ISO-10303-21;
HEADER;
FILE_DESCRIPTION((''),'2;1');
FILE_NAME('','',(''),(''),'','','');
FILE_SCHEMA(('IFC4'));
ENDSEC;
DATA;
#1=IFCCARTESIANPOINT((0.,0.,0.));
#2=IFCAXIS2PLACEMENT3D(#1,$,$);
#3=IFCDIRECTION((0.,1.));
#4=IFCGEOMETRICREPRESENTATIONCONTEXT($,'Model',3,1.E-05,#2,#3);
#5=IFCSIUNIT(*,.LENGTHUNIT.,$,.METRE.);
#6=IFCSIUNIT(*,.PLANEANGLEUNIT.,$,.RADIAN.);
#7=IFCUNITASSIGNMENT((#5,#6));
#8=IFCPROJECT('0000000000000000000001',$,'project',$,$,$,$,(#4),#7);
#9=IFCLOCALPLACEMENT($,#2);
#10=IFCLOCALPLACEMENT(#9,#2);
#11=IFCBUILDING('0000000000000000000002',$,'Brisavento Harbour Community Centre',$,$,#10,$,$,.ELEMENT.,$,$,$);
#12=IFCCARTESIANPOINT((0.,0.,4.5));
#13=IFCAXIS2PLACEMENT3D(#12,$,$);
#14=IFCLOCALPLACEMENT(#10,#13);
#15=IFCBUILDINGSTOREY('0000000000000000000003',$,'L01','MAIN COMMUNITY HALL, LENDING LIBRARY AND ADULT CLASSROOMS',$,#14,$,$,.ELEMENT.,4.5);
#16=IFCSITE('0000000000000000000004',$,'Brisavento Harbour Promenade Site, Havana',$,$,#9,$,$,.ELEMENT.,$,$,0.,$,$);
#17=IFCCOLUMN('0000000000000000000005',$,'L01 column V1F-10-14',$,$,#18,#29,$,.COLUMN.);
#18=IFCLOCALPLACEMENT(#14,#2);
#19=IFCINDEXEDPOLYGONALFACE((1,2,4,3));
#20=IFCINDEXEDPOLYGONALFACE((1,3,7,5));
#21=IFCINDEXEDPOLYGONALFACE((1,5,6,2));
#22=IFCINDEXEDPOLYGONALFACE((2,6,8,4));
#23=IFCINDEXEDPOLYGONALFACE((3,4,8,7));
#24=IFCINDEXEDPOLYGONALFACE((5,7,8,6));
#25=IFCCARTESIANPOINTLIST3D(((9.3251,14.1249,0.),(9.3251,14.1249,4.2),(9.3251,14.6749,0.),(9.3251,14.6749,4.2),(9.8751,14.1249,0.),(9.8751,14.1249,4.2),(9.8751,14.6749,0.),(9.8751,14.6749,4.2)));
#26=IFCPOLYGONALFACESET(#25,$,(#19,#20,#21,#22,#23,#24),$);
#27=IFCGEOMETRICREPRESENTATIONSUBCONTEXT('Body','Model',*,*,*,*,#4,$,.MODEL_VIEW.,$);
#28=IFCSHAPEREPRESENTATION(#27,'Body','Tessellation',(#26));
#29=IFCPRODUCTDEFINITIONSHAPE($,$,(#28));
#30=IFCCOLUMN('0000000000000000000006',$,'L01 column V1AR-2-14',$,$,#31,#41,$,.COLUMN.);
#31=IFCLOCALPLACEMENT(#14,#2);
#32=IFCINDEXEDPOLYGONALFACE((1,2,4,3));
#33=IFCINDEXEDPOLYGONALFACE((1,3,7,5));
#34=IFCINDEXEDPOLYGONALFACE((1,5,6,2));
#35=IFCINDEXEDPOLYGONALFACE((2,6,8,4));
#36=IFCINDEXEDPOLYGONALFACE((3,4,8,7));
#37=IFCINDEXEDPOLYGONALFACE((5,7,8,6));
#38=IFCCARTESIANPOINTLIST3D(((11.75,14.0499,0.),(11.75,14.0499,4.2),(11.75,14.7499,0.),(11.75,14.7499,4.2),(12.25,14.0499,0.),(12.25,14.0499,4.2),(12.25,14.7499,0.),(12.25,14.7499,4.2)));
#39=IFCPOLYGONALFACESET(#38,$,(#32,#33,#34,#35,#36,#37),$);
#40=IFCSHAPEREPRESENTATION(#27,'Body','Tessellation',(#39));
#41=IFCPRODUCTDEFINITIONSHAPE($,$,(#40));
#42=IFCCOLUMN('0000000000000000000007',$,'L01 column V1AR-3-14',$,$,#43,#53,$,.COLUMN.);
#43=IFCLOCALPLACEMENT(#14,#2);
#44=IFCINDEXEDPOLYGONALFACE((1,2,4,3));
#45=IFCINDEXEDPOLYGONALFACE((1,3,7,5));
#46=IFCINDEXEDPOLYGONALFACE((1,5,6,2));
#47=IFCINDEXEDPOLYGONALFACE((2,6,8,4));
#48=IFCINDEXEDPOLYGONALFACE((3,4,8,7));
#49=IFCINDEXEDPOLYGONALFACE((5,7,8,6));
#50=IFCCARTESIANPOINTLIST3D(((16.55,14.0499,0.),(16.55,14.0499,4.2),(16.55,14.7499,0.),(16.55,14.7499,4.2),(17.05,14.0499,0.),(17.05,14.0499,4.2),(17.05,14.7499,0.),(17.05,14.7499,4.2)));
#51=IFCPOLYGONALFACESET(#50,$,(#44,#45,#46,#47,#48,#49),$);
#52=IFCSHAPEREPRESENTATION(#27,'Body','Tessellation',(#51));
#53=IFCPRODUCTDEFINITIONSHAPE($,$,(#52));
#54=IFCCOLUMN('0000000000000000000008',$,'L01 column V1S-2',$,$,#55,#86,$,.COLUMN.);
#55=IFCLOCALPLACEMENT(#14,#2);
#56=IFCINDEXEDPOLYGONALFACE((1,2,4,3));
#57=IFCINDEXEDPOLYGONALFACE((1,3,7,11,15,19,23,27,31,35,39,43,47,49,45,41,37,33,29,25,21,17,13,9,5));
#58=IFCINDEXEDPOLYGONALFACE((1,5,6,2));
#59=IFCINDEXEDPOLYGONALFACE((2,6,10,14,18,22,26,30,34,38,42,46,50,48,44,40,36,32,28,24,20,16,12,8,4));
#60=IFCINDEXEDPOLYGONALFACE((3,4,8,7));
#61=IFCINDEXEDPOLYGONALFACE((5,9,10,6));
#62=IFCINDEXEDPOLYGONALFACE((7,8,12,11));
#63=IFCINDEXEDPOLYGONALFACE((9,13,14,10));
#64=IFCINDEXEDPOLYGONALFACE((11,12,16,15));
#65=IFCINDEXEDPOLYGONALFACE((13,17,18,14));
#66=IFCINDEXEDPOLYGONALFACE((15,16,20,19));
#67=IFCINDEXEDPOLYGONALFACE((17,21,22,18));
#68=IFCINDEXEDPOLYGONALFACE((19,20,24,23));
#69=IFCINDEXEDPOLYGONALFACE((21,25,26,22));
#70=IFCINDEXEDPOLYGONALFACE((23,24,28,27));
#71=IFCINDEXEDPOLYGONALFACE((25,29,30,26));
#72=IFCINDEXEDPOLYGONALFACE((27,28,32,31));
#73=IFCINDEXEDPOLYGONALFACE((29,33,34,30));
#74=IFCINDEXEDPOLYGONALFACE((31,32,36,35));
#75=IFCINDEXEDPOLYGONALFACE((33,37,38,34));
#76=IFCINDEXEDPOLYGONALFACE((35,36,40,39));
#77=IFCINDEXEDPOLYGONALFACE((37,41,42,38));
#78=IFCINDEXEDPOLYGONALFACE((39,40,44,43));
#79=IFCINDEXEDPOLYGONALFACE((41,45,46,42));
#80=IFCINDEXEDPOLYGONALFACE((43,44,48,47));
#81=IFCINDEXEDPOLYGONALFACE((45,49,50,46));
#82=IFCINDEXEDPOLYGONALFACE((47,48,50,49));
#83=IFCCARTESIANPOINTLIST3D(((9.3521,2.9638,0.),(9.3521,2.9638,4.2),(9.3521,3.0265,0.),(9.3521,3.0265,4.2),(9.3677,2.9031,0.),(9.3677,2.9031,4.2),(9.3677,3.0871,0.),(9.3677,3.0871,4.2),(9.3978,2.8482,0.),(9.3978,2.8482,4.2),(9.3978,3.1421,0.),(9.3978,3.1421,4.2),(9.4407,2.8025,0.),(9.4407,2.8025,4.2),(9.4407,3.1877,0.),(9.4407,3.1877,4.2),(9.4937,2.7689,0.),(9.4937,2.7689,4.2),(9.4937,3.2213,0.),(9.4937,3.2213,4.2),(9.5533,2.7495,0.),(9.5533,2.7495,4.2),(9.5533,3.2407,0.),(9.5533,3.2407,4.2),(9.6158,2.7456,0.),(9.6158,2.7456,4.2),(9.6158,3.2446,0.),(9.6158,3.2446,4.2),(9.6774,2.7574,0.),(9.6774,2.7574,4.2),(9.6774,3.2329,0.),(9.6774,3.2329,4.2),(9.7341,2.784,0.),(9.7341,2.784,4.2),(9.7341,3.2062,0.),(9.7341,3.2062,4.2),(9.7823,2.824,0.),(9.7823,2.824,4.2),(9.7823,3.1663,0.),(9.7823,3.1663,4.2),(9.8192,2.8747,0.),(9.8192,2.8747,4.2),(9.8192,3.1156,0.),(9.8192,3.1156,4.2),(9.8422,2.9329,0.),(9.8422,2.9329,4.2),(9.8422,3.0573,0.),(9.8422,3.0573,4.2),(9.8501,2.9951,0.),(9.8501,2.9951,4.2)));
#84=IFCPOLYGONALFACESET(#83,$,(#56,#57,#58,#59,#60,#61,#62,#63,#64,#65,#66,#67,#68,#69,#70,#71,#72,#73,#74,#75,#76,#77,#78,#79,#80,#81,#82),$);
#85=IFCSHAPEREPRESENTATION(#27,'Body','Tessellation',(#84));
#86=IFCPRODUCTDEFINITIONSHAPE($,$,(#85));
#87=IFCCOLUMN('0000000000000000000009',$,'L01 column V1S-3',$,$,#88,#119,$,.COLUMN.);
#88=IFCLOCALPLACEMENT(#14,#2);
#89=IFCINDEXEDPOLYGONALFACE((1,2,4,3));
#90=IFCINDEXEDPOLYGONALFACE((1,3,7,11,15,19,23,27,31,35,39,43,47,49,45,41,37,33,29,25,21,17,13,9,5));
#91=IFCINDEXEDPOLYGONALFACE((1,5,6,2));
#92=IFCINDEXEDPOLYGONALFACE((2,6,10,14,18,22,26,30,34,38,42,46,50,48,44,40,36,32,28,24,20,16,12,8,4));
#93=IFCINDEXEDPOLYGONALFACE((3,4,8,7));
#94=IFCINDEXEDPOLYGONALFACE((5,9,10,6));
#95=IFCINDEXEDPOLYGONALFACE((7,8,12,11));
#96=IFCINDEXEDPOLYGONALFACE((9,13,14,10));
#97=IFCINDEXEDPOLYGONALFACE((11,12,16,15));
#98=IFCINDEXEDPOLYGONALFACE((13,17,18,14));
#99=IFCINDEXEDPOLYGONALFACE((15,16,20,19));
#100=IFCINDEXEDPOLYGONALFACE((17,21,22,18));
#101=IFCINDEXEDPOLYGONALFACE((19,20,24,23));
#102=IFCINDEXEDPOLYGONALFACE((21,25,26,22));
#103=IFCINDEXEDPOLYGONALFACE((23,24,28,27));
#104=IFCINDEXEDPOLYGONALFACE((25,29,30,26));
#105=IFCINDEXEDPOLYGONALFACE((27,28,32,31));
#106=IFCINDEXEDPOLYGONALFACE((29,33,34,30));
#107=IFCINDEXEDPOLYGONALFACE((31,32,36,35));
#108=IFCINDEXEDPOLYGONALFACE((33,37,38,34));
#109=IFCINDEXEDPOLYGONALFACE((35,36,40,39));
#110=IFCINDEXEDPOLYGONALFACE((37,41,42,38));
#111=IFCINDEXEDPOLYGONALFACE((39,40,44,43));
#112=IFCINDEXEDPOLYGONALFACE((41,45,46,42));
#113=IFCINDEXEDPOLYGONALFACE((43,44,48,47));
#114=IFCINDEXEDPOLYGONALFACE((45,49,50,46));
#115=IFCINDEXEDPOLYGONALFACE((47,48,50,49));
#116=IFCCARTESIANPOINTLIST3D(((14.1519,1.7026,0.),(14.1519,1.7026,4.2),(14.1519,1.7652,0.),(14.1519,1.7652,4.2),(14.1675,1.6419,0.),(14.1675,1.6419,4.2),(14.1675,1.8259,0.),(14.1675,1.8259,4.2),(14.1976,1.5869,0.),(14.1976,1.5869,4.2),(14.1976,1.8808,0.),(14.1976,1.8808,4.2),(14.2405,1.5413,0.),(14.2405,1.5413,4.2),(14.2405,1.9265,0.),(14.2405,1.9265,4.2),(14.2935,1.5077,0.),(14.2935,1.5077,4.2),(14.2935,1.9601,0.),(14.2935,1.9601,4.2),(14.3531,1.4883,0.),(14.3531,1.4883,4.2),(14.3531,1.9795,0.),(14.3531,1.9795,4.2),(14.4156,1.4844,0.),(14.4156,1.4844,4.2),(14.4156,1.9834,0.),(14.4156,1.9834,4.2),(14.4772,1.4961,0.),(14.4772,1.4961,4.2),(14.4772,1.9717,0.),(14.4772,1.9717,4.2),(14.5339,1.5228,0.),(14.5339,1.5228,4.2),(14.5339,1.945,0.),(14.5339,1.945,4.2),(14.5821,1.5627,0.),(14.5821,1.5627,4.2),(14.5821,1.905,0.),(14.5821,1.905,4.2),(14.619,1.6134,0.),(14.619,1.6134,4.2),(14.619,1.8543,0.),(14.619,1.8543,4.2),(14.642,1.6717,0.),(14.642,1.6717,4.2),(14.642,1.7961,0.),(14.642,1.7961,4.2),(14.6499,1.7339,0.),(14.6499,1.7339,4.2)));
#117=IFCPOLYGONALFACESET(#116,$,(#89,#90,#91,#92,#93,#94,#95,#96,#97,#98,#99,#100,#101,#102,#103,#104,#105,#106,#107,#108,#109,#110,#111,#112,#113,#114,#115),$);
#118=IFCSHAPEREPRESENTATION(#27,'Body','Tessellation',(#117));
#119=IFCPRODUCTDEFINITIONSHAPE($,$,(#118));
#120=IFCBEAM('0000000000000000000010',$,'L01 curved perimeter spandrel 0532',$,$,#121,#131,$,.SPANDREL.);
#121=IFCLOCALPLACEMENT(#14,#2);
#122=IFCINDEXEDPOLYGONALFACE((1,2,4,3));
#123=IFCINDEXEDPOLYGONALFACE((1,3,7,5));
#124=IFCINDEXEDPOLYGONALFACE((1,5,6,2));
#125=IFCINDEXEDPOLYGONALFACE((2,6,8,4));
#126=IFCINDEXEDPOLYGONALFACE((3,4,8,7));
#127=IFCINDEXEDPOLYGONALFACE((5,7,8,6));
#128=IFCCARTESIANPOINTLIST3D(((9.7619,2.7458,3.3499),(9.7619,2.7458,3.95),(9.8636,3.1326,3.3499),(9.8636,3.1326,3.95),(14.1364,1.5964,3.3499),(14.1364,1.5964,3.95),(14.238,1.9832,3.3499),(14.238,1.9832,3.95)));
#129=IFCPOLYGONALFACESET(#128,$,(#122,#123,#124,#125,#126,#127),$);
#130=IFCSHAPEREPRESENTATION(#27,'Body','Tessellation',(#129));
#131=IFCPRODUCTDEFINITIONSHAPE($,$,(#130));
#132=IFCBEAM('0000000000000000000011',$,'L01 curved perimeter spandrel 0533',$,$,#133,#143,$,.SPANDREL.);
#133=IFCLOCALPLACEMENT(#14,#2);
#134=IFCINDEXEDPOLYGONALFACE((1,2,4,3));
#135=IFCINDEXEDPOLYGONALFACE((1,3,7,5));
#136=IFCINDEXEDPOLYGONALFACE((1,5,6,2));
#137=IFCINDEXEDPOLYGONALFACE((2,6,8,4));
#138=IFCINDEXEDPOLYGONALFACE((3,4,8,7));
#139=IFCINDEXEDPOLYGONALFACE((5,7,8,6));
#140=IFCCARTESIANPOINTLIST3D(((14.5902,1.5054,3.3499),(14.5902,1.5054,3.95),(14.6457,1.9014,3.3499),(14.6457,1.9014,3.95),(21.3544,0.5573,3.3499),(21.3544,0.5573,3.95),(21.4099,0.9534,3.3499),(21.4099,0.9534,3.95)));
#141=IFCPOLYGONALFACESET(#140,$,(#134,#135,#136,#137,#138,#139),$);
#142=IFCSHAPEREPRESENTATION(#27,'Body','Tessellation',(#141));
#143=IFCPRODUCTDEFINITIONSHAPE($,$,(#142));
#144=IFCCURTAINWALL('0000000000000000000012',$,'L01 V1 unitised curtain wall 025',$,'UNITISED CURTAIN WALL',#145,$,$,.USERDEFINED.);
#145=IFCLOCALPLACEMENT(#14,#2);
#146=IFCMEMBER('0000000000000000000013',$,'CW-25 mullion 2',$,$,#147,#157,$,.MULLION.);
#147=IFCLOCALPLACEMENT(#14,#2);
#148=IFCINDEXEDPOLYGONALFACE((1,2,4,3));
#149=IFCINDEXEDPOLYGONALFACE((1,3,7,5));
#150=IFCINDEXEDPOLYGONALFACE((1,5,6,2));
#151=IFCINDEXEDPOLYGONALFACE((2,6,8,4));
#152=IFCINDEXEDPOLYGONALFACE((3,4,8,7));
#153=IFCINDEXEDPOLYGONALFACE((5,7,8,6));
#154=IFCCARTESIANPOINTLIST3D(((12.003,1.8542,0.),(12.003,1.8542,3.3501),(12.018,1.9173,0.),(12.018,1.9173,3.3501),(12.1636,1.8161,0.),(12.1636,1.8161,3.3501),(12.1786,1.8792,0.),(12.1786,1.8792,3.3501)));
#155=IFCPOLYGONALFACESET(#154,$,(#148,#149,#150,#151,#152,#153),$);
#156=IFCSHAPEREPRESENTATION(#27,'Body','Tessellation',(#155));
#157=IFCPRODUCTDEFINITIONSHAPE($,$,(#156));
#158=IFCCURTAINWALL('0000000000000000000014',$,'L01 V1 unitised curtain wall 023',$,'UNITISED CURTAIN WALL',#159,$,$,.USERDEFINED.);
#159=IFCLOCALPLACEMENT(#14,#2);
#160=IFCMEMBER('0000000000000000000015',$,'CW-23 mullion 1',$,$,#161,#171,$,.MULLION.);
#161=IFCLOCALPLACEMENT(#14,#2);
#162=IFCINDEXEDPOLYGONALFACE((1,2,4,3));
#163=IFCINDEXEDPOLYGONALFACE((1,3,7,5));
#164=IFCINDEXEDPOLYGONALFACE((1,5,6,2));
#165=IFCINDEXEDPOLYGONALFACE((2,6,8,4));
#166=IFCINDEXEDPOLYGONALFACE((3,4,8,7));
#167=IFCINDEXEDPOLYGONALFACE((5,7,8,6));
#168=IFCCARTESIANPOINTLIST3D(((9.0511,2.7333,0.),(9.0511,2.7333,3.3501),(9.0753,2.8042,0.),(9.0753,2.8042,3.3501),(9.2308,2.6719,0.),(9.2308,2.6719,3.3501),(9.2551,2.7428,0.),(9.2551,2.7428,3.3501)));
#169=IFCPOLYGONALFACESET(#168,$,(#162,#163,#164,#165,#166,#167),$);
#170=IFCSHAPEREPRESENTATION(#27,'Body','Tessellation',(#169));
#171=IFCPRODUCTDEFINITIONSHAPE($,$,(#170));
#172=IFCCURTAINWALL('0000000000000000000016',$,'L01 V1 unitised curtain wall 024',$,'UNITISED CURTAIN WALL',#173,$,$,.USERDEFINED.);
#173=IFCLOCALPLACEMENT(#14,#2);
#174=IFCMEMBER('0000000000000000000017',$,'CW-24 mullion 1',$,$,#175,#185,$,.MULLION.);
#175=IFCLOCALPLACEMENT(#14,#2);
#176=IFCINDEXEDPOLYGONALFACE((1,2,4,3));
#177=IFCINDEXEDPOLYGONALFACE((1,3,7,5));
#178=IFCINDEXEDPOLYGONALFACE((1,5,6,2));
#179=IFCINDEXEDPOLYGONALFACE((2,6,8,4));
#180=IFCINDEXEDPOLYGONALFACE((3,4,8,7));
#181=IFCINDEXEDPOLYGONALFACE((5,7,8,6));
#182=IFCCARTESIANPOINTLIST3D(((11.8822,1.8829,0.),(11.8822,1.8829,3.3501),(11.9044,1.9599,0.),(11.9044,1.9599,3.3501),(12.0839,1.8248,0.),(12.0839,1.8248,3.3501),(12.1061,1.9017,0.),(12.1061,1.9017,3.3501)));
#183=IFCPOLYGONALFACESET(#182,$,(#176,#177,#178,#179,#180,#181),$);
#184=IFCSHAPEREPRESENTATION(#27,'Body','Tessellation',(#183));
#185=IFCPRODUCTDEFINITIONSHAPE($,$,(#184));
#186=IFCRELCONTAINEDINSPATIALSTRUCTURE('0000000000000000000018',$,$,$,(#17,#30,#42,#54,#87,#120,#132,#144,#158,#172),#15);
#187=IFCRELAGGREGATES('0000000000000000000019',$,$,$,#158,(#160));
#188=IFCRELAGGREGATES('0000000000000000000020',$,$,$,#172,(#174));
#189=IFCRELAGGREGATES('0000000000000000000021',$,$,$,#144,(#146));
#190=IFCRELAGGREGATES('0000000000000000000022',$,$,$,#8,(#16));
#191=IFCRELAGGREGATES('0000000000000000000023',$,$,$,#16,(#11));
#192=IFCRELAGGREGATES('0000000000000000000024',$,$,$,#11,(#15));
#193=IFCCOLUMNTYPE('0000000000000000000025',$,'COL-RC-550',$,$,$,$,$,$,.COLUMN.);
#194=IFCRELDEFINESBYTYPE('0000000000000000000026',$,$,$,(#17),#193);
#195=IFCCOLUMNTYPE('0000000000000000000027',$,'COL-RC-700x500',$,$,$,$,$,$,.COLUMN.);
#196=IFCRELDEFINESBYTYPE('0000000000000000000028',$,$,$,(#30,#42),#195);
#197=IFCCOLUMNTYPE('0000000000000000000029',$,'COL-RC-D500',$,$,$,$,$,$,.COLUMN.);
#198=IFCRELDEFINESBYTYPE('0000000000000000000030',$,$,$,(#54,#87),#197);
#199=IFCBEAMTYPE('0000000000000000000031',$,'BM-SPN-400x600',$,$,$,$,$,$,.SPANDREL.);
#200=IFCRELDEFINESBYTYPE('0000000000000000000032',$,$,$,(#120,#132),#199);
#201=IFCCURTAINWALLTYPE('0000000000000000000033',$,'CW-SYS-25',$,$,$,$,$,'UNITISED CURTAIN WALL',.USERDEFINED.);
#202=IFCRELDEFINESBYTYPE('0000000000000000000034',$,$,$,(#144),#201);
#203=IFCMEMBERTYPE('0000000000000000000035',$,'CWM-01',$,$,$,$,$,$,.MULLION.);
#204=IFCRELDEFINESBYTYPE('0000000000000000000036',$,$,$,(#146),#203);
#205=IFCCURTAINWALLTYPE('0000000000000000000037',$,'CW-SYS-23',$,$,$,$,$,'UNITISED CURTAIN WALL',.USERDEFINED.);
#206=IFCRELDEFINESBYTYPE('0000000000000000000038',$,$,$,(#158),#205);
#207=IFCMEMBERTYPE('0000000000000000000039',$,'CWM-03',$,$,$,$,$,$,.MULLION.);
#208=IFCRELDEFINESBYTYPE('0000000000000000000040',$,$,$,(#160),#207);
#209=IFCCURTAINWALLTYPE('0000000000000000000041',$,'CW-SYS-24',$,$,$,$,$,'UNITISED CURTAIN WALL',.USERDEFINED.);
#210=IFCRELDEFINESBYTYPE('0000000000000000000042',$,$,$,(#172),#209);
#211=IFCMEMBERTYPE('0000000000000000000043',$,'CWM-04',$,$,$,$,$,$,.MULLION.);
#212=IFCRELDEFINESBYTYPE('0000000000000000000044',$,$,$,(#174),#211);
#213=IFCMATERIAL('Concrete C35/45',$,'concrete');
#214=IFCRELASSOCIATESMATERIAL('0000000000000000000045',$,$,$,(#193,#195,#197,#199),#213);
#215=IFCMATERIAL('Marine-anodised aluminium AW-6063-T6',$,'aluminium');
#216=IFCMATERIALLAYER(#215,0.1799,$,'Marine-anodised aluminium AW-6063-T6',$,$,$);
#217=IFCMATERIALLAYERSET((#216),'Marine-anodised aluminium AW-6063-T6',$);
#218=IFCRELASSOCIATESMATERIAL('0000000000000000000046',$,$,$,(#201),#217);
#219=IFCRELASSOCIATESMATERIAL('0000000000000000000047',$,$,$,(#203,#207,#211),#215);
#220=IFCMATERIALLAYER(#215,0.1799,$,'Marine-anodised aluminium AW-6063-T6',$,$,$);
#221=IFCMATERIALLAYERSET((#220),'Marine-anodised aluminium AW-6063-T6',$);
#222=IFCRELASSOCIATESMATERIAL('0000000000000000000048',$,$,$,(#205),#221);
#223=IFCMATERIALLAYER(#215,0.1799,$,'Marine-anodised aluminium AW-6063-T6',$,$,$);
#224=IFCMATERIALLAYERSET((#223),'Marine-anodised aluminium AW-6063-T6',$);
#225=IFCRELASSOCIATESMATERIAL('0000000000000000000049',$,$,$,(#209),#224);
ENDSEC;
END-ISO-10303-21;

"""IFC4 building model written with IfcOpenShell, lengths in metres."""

from ifc_helpers import new_model, si_unit, direction, frame, origin, origin_2d, place, context, subcontext, project, spatial, rectangle, circle, extrude, material, layer, layer_set, material_profile, profile_set, type_object, element, aggregate, save


model = new_model("IFC4")

# Units and contexts
model_context = context("Model", 3, precision=1e-05, world=origin(), true_north=direction((0.0, 1.0)))
body_context = subcontext(model_context, "Body", "Model", "MODEL_VIEW")
ifc_project = project(units=[si_unit("LENGTHUNIT", "METRE"), si_unit("PLANEANGLEUNIT", "RADIAN")], contexts=[model_context])

# Site, building, storey
site_placement = place(None, origin())
site = spatial("IfcSite", under=ifc_project, at=site_placement, Name="Brisavento Harbour Promenade Site, Havana", CompositionType="ELEMENT", RefElevation=0.0)
building_placement = place(site_placement, origin())
building = spatial("IfcBuilding", under=site, at=building_placement, Name="Brisavento Harbour Community Centre", CompositionType="ELEMENT")
storey_placement = place(building_placement, frame((0.0, 0.0, 4.5)))
storey = spatial("IfcBuildingStorey", under=building, at=storey_placement, Name="L01", Description="MAIN COMMUNITY HALL, LENDING LIBRARY AND ADULT CLASSROOMS", CompositionType="ELEMENT", Elevation=4.5)

# Columns
ifc_material_1 = material(Name="Concrete C35/45", Category="concrete")
ifc_material_profile_1 = material_profile(ifc_material_1, rectangle(XDim=0.55, YDim=0.55, at=origin_2d()), Name="Concrete C35/45")
ifc_profile_set_1 = profile_set([ifc_material_profile_1], Name="Concrete C35/45")
column_type_1 = type_object("IfcColumnType", Name="COL-RC-550", PredefinedType="COLUMN", material=ifc_profile_set_1)
column_placement = place(storey_placement, frame((9.6001, 14.3999, 0.0), z_axis=(0.0, 0.0, 1.0), x_axis=(1.0, 0.0, 0.0)))
element("IfcColumn", 1, at=column_placement, inside=storey, type_object=column_type_1, Name="L01 column V1F-10-14", PredefinedType="COLUMN", context=body_context, shape_type="SweptSolid", body=[
    extrude(rectangle(XDim=0.55, YDim=0.55, at=origin_2d()), origin(), (0.0, 0.0, 1.0), 4.2),
])
ifc_material_profile_2 = material_profile(ifc_material_1, rectangle(XDim=0.5, YDim=0.7, at=origin_2d()), Name="Concrete C35/45")
ifc_profile_set_2 = profile_set([ifc_material_profile_2], Name="Concrete C35/45")
column_type_2 = type_object("IfcColumnType", Name="COL-RC-700x500", PredefinedType="COLUMN", material=ifc_profile_set_2)
for number, where, z_axis, x_axis, name in (
    (2, (12.0, 14.3999, 0.0), (0.0, 0.0, 1.0), (1.0, 0.0, 0.0), "L01 column V1AR-2-14"),
    (3, (16.8, 14.3999, 0.0), (0.0, 0.0, 1.0), (1.0, 0.0, 0.0), "L01 column V1AR-3-14"),
):
    element("IfcColumn", number, at=place(storey_placement, frame(where, z_axis=z_axis, x_axis=x_axis)), inside=storey, type_object=column_type_2, Name=name, PredefinedType="COLUMN", context=body_context, shape_type="SweptSolid", body=[
        extrude(rectangle(XDim=0.5, YDim=0.7, at=origin_2d()), origin(), (0.0, 0.0, 1.0), 4.2),
    ])
ifc_material_profile_3 = material_profile(ifc_material_1, circle(Radius=0.25, at=origin_2d()), Name="Concrete C35/45")
ifc_profile_set_3 = profile_set([ifc_material_profile_3], Name="Concrete C35/45")
column_type_3 = type_object("IfcColumnType", Name="COL-RC-D500", PredefinedType="COLUMN", material=ifc_profile_set_3)
for number, where, z_axis, x_axis, name in (
    (4, (9.6001, 2.9951, 0.0), (0.0, 0.0, 1.0), (1.0, 0.0, 0.0), "L01 column V1S-2"),
    (5, (14.3999, 1.7339, 0.0), (0.0, 0.0, 1.0), (1.0, 0.0, 0.0), "L01 column V1S-3"),
):
    element("IfcColumn", number, at=place(storey_placement, frame(where, z_axis=z_axis, x_axis=x_axis)), inside=storey, type_object=column_type_3, Name=name, PredefinedType="COLUMN", context=body_context, shape_type="SweptSolid", body=[
        extrude(circle(Radius=0.25, at=origin_2d()), origin(), (0.0, 0.0, 1.0), 4.2),
    ])

# Beams
ifc_material_profile_4 = material_profile(ifc_material_1, rectangle(XDim=0.3999, YDim=0.6001, at=origin_2d()), Name="Concrete C35/45")
ifc_profile_set_4 = profile_set([ifc_material_profile_4], Name="Concrete C35/45")
beam_type = type_object("IfcBeamType", Name="BM-SPN-400x600", PredefinedType="SPANDREL", material=ifc_profile_set_4)
beam_1_placement = place(storey_placement, frame((9.8127, 2.9392, 3.6499), z_axis=(0.967171, -0.254127, 0.0), x_axis=(0.254127, 0.967171, 0.0)))
element("IfcBeam", 6, at=beam_1_placement, inside=storey, type_object=beam_type, Name="L01 curved perimeter spandrel 0532", PredefinedType="SPANDREL", context=body_context, shape_type="SweptSolid", body=[
    extrude(rectangle(XDim=0.3999, YDim=0.6001, at=origin_2d()), origin(), (0.0, 0.0, 1.0), 4.5229),
])
beam_2_placement = place(storey_placement, frame((14.6179, 1.7034, 3.6499), z_axis=(0.990321, -0.138794, 0.0), x_axis=(0.138794, 0.990321, 0.0)))
element("IfcBeam", 7, at=beam_2_placement, inside=storey, type_object=beam_type, Name="L01 curved perimeter spandrel 0533", PredefinedType="SPANDREL", context=body_context, shape_type="SweptSolid", body=[
    extrude(rectangle(XDim=0.3999, YDim=0.6001, at=origin_2d()), origin(), (0.0, 0.0, 1.0), 6.8303),
])

# Curtain walls, members
ifc_material_2 = material(Name="Marine-anodised aluminium AW-6063-T6", Category="aluminium")
ifc_layer_1 = layer(ifc_material_2, 0.1799, Name="Marine-anodised aluminium AW-6063-T6")
ifc_layer_set_1 = layer_set([ifc_layer_1], Name="Marine-anodised aluminium AW-6063-T6")
curtain_wall_type_1 = type_object("IfcCurtainWallType", Name="CW-SYS-25", ElementType="UNITISED CURTAIN WALL", PredefinedType="USERDEFINED", material=ifc_layer_set_1)
curtain_wall_1_placement = place(storey_placement, origin())
curtain_wall_1 = element("IfcCurtainWall", 8, at=curtain_wall_1_placement, inside=storey, type_object=curtain_wall_type_1, Name="L01 V1 unitised curtain wall 025", ObjectType="UNITISED CURTAIN WALL", PredefinedType="USERDEFINED")
ifc_material_profile_5 = material_profile(ifc_material_2, rectangle(XDim=0.0649, YDim=0.165, at=origin_2d()), Name="Marine-anodised aluminium AW-6063-T6")
ifc_profile_set_5 = profile_set([ifc_material_profile_5], Name="Marine-anodised aluminium AW-6063-T6")
member_type_1 = type_object("IfcMemberType", Name="CWM-01", PredefinedType="MULLION", material=ifc_profile_set_5)
member_1_placement = place(storey_placement, frame((12.0908, 1.8667, 0.0), z_axis=(0.0, 0.0, 1.0), x_axis=(-0.230812, -0.972998, 0.0)))
member_1 = element("IfcMember", 9, at=member_1_placement, type_object=member_type_1, Name="CW-25 mullion 2", PredefinedType="MULLION", context=body_context, shape_type="SweptSolid", body=[
    extrude(rectangle(XDim=0.0649, YDim=0.165, at=origin_2d()), origin(), (0.0, 0.0, 1.0), 3.3501),
])
ifc_layer_2 = layer(ifc_material_2, 0.1799, Name="Marine-anodised aluminium AW-6063-T6")
ifc_layer_set_2 = layer_set([ifc_layer_2], Name="Marine-anodised aluminium AW-6063-T6")
curtain_wall_type_2 = type_object("IfcCurtainWallType", Name="CW-SYS-23", ElementType="UNITISED CURTAIN WALL", PredefinedType="USERDEFINED", material=ifc_layer_set_2)
curtain_wall_2_placement = place(storey_placement, origin())
curtain_wall_2 = element("IfcCurtainWall", 10, at=curtain_wall_2_placement, inside=storey, type_object=curtain_wall_type_2, Name="L01 V1 unitised curtain wall 023", ObjectType="UNITISED CURTAIN WALL", PredefinedType="USERDEFINED")
ifc_material_profile_6 = material_profile(ifc_material_2, rectangle(XDim=0.075, YDim=0.1899, at=origin_2d()), Name="Marine-anodised aluminium AW-6063-T6")
ifc_profile_set_6 = profile_set([ifc_material_profile_6], Name="Marine-anodised aluminium AW-6063-T6")
member_type_2 = type_object("IfcMemberType", Name="CWM-03", PredefinedType="MULLION", material=ifc_profile_set_6)
member_2_placement = place(storey_placement, frame((9.1531, 2.738, 0.0), z_axis=(0.0, 0.0, 1.0), x_axis=(-0.323178, -0.946338, 0.0)))
member_2 = element("IfcMember", 11, at=member_2_placement, type_object=member_type_2, Name="CW-23 mullion 1", PredefinedType="MULLION", context=body_context, shape_type="SweptSolid", body=[
    extrude(rectangle(XDim=0.075, YDim=0.1899, at=origin_2d()), origin(), (0.0, 0.0, 1.0), 3.3501),
])

# Curtain wall, member
ifc_layer_3 = layer(ifc_material_2, 0.1799, Name="Marine-anodised aluminium AW-6063-T6")
ifc_layer_set_3 = layer_set([ifc_layer_3], Name="Marine-anodised aluminium AW-6063-T6")
curtain_wall_type_3 = type_object("IfcCurtainWallType", Name="CW-SYS-24", ElementType="UNITISED CURTAIN WALL", PredefinedType="USERDEFINED", material=ifc_layer_set_3)
curtain_wall_3_placement = place(storey_placement, origin())
curtain_wall_3 = element("IfcCurtainWall", 12, at=curtain_wall_3_placement, inside=storey, type_object=curtain_wall_type_3, Name="L01 V1 unitised curtain wall 024", ObjectType="UNITISED CURTAIN WALL", PredefinedType="USERDEFINED")
ifc_material_profile_7 = material_profile(ifc_material_2, rectangle(XDim=0.0801, YDim=0.21, at=origin_2d()), Name="Marine-anodised aluminium AW-6063-T6")
ifc_profile_set_7 = profile_set([ifc_material_profile_7], Name="Marine-anodised aluminium AW-6063-T6")
member_type_3 = type_object("IfcMemberType", Name="CWM-04", PredefinedType="MULLION", material=ifc_profile_set_7)
member_3_placement = place(storey_placement, frame((11.9941, 1.8923, 0.0), z_axis=(0.0, 0.0, 1.0), x_axis=(-0.277012, -0.960866, 0.0)))
member_3 = element("IfcMember", 13, at=member_3_placement, type_object=member_type_3, Name="CW-24 mullion 1", PredefinedType="MULLION", context=body_context, shape_type="SweptSolid", body=[
    extrude(rectangle(XDim=0.0801, YDim=0.21, at=origin_2d()), origin(), (0.0, 0.0, 1.0), 3.3501),
])

aggregate(curtain_wall_2, [member_2])

aggregate(curtain_wall_3, [member_3])
aggregate(curtain_wall_1, [member_1])

save(model, "model.ifc")
